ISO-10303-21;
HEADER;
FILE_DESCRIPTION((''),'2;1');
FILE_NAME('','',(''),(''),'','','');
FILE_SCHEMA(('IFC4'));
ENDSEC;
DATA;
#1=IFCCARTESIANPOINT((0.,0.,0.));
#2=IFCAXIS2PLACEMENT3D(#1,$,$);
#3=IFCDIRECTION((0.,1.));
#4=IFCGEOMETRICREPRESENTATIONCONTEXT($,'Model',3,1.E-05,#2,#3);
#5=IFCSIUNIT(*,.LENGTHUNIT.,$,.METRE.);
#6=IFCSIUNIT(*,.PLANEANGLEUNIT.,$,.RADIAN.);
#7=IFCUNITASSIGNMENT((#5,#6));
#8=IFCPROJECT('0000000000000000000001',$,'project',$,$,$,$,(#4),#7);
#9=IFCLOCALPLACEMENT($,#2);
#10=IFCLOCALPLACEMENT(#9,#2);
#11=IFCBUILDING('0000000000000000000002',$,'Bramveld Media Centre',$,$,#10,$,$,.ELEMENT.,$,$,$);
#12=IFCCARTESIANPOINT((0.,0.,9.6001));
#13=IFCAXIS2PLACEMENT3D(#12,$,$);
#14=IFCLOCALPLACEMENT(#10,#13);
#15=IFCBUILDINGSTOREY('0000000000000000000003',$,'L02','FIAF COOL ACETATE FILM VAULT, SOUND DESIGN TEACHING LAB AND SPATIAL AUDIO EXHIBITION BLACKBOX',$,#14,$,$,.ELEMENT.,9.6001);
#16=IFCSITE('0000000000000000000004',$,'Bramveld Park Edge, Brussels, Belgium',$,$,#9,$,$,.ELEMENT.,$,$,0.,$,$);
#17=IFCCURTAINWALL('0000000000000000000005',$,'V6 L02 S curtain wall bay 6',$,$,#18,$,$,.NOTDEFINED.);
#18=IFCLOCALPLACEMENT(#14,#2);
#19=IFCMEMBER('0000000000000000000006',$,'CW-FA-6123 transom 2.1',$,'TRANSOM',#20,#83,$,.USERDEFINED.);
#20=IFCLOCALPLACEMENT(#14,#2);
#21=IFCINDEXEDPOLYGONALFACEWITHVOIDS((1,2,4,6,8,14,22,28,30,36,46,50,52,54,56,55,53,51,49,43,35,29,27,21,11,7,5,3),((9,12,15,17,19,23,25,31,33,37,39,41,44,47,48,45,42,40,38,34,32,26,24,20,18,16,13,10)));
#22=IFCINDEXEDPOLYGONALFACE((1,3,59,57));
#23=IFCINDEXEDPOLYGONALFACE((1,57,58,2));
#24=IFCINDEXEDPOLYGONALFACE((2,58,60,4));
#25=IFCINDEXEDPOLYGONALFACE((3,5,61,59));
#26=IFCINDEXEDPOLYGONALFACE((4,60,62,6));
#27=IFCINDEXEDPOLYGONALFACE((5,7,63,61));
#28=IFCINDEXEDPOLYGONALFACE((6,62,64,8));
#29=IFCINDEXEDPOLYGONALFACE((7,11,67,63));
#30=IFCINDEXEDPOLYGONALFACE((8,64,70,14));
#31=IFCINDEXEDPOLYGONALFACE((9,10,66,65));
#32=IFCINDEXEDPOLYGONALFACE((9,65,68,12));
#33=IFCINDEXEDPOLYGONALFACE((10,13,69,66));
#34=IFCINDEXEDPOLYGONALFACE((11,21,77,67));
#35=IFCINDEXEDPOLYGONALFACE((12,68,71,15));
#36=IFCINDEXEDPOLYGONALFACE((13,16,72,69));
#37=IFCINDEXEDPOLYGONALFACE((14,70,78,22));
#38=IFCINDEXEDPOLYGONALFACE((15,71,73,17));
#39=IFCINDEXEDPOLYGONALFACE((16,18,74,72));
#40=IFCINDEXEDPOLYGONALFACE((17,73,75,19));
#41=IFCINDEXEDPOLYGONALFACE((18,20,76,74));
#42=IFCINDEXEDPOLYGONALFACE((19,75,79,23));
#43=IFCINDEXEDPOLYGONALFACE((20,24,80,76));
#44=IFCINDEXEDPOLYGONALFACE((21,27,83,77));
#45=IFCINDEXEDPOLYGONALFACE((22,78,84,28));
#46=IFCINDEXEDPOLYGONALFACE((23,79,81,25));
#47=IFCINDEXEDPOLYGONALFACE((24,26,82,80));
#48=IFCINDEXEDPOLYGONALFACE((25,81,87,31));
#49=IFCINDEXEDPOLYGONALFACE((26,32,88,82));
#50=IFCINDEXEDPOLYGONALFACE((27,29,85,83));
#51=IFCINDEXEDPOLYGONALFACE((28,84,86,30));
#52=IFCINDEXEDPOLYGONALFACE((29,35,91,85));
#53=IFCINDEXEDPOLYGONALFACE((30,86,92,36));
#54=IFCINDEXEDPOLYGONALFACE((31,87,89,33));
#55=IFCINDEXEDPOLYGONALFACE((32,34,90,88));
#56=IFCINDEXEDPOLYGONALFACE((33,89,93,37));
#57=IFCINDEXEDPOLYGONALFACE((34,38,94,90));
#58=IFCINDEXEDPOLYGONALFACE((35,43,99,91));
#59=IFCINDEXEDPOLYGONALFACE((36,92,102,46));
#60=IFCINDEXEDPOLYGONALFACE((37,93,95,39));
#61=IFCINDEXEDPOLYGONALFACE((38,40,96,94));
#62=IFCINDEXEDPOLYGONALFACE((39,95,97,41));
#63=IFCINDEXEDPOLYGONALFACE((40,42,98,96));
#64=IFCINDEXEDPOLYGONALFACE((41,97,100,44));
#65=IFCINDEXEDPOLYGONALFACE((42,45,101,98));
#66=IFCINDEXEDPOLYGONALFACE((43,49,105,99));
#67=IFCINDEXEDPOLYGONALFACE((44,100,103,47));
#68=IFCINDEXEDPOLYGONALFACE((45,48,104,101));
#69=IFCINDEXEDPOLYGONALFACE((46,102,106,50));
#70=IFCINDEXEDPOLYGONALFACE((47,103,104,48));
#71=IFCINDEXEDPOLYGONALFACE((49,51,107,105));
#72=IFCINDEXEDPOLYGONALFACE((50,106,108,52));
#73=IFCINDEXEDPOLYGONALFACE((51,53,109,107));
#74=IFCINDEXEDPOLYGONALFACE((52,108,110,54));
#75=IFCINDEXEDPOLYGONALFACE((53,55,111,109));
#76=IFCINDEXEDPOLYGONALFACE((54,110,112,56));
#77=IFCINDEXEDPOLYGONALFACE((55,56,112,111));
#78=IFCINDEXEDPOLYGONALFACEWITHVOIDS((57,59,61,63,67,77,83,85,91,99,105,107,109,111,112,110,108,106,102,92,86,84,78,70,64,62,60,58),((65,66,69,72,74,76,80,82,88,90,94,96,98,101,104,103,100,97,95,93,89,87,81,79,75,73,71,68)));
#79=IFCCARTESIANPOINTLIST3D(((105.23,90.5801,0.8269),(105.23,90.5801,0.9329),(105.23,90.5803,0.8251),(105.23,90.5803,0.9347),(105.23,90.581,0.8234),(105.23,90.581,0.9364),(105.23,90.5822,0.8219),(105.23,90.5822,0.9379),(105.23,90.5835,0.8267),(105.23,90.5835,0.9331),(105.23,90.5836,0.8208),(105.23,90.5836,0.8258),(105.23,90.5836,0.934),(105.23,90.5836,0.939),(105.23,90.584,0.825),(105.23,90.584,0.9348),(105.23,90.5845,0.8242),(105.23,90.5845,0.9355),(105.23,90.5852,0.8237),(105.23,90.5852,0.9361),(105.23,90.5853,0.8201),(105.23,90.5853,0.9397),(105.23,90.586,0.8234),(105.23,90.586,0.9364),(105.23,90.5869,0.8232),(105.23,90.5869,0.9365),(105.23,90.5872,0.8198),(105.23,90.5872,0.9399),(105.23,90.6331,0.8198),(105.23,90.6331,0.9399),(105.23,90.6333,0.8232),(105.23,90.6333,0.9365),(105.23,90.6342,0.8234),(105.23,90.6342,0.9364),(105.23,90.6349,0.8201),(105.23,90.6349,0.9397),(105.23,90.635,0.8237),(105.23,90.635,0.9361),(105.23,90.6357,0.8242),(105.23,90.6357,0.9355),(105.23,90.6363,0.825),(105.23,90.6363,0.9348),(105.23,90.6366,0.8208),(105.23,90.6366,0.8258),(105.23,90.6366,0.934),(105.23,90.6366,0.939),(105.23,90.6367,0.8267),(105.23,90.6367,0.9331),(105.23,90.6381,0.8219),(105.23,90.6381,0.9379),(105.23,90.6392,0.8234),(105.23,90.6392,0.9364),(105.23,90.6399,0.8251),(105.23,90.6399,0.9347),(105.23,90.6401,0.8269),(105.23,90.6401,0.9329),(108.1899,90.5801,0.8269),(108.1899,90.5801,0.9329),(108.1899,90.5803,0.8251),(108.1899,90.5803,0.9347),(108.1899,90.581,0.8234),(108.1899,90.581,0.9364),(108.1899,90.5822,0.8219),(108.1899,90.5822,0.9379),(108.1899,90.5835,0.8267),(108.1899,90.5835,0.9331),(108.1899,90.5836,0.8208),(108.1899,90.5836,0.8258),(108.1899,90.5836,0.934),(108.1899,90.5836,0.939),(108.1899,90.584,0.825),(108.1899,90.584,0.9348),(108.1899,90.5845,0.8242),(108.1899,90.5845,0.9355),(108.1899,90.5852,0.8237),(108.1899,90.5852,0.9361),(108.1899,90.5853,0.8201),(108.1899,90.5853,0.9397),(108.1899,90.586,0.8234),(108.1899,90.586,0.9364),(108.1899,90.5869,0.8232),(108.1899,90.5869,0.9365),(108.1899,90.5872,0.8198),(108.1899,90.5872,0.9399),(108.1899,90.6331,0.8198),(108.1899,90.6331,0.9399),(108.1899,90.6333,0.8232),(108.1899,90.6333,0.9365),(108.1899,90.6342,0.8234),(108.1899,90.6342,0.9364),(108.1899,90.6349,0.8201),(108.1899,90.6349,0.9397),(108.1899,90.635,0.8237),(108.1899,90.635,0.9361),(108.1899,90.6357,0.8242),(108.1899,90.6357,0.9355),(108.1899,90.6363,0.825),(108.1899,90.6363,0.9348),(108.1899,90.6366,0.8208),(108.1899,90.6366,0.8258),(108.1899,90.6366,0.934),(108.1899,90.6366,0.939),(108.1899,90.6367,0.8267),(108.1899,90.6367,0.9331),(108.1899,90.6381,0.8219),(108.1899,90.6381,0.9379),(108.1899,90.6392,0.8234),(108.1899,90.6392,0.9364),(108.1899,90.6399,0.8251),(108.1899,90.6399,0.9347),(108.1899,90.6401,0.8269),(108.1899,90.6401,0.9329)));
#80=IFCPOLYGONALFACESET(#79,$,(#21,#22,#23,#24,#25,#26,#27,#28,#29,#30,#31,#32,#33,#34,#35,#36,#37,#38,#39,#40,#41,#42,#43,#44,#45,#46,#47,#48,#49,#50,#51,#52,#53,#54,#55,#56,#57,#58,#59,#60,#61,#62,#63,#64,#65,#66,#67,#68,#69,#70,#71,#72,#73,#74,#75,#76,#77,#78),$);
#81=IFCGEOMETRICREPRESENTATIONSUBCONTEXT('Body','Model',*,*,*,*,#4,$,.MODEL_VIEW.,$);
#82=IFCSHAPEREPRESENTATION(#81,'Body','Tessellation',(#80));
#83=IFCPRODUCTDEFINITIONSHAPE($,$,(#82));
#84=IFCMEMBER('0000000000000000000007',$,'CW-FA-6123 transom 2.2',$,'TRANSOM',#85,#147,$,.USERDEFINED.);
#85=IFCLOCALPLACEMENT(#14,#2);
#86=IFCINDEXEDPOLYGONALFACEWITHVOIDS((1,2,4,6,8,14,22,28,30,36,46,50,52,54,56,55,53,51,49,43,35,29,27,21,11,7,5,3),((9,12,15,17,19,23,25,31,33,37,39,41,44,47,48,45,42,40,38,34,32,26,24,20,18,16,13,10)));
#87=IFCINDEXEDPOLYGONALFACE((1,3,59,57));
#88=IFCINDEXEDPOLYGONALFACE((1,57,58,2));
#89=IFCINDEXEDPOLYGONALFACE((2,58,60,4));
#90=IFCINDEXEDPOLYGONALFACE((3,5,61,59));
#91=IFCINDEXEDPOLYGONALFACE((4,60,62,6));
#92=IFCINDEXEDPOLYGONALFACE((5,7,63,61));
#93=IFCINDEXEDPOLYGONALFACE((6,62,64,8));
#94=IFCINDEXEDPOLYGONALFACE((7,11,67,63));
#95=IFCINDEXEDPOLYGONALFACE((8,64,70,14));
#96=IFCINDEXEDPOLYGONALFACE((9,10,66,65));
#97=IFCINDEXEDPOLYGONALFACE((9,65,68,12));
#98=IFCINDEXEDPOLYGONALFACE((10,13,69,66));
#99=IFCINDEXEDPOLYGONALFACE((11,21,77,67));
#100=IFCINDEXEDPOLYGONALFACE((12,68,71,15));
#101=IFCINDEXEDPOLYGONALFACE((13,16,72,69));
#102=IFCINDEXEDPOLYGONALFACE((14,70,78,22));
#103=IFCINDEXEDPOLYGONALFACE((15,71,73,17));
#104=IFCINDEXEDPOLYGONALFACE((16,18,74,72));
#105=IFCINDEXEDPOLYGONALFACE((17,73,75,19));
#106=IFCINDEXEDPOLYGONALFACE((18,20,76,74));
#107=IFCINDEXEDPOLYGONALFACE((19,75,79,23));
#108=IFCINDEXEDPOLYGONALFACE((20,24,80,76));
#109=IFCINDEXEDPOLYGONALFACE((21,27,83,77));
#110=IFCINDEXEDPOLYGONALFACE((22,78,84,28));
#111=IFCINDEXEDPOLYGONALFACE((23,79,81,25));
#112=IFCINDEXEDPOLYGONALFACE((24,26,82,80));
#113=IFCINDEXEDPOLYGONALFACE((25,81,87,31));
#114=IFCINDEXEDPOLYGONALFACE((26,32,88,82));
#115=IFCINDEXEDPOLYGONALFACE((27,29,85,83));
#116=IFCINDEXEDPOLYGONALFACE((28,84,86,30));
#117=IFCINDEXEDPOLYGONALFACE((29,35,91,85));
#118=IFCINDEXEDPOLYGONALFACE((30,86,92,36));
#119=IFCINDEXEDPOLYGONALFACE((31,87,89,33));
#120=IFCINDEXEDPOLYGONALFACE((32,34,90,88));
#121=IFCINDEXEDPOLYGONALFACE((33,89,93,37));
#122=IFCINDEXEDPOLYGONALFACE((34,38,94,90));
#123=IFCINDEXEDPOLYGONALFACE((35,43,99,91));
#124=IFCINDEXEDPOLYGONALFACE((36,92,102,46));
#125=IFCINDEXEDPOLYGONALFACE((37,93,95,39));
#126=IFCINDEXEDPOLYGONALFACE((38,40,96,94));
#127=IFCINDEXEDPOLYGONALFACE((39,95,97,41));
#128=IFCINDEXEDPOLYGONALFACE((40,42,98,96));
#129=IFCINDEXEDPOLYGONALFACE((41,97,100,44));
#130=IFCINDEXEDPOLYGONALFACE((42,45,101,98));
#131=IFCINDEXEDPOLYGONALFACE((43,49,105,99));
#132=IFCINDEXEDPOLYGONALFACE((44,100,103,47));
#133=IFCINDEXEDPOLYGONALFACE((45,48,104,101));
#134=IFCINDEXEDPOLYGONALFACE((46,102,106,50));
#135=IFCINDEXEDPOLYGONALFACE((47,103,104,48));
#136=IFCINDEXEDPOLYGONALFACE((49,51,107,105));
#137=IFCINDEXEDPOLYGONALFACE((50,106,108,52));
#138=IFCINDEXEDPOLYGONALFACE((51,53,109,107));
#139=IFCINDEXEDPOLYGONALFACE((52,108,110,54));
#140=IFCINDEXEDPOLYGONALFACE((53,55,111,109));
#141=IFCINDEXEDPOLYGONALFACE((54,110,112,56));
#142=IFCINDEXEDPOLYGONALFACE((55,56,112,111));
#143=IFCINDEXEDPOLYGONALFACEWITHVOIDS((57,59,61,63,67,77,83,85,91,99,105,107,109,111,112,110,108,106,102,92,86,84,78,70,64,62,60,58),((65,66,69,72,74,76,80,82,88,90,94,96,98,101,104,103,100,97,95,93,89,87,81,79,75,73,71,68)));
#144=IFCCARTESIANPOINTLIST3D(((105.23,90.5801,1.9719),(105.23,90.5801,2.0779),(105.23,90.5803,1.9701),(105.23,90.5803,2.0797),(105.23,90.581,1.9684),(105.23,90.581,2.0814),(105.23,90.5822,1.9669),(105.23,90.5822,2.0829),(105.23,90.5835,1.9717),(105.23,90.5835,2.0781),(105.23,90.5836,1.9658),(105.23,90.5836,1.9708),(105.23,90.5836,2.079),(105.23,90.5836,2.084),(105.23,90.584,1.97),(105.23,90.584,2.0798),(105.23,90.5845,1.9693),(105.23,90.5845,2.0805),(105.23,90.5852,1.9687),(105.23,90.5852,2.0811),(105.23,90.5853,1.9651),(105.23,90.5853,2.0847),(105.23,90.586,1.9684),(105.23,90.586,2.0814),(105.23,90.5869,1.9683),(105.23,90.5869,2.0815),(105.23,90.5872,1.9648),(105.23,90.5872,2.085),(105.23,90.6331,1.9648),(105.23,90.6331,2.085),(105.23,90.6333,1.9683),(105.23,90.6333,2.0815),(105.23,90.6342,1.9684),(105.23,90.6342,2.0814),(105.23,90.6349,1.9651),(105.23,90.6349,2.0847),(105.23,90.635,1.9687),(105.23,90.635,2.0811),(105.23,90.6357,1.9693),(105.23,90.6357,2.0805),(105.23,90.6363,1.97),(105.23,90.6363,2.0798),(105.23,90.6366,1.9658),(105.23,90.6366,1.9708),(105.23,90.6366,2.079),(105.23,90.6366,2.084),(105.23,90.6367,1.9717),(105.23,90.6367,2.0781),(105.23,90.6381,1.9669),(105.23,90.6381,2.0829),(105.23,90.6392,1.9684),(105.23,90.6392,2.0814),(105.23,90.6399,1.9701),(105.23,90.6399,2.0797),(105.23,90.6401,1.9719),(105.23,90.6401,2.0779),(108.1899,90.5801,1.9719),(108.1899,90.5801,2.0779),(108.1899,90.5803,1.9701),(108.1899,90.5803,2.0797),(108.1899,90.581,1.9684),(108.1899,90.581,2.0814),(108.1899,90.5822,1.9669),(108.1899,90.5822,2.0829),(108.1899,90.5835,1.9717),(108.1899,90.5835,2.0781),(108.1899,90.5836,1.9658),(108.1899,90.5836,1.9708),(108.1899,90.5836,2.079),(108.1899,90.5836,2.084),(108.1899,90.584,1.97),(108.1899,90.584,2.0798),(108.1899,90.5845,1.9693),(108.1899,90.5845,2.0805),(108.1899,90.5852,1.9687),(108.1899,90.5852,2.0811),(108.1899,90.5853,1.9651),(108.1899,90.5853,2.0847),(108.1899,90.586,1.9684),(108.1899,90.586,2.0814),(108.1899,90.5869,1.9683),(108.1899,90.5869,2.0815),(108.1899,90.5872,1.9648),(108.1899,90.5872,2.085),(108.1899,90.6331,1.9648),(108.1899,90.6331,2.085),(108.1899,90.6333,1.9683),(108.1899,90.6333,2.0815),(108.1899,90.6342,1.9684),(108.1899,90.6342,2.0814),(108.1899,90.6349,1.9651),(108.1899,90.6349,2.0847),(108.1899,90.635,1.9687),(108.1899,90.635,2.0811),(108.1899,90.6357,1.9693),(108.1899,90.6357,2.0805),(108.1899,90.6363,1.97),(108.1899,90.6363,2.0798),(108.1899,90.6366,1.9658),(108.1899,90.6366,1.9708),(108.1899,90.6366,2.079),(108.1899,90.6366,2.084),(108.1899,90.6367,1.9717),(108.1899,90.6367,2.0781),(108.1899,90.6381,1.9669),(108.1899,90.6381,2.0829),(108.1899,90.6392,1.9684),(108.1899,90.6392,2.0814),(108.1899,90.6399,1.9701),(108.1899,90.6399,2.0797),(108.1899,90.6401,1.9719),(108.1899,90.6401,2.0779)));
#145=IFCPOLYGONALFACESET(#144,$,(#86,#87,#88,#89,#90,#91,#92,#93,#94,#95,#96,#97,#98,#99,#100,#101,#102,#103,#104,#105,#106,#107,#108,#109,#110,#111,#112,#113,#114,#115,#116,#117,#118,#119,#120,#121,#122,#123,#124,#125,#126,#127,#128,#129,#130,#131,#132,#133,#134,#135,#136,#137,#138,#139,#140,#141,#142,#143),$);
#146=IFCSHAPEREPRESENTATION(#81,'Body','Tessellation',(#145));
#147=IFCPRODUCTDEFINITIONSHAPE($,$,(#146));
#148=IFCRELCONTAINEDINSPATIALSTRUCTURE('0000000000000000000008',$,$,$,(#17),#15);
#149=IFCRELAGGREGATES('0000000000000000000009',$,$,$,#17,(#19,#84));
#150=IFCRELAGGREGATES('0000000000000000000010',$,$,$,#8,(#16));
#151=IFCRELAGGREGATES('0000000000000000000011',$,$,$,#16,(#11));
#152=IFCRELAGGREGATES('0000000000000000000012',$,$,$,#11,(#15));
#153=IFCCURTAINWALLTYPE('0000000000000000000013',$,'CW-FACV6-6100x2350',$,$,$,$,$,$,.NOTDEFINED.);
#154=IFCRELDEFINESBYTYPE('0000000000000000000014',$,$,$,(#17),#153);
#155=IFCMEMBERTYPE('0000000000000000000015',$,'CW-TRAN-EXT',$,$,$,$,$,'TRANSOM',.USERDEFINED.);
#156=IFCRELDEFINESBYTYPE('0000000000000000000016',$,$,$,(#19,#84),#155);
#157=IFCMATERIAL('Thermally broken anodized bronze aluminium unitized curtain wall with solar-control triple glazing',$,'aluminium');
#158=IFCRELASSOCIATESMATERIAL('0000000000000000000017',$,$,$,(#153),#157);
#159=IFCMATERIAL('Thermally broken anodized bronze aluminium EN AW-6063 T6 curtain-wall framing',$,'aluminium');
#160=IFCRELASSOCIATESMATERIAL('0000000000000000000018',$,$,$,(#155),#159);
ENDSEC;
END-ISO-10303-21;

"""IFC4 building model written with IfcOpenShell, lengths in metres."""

from ifc_helpers import new_model, si_unit, direction, frame, origin, origin_2d, place, context, subcontext, project, spatial, hollow_rectangle, extrude, material, material_profile, profile_set, type_object, element, aggregate, save


model = new_model("IFC4")

# Units and contexts
model_context = context("Model", 3, precision=1e-05, world=origin(), true_north=direction((0.0, 1.0)))
body_context = subcontext(model_context, "Body", "Model", "MODEL_VIEW")
ifc_project = project(units=[si_unit("LENGTHUNIT", "METRE"), si_unit("PLANEANGLEUNIT", "RADIAN")], contexts=[model_context])

# Site, building, storey
site_placement = place(None, origin())
site = spatial("IfcSite", under=ifc_project, at=site_placement, Name="Bramveld Park Edge, Brussels, Belgium", CompositionType="ELEMENT", RefElevation=0.0)
building_placement = place(site_placement, origin())
building = spatial("IfcBuilding", under=site, at=building_placement, Name="Bramveld Media Centre", CompositionType="ELEMENT")
storey_placement = place(building_placement, frame((0.0, 0.0, 9.6001)))
storey = spatial("IfcBuildingStorey", under=building, at=storey_placement, Name="L02", Description="FIAF COOL ACETATE FILM VAULT, SOUND DESIGN TEACHING LAB AND SPATIAL AUDIO EXHIBITION BLACKBOX", CompositionType="ELEMENT", Elevation=9.6001)

# Curtain wall
ifc_material_1 = material(Name="Thermally broken anodized bronze aluminium unitized curtain wall with solar-control triple glazing", Category="aluminium")
curtain_wall_type = type_object("IfcCurtainWallType", Name="CW-FACV6-6100x2350", PredefinedType="NOTDEFINED", material=ifc_material_1)
curtain_wall_1_placement = place(storey_placement, origin())
curtain_wall_1 = element("IfcCurtainWall", 1, at=curtain_wall_1_placement, inside=storey, type_object=curtain_wall_type, Name="V6 L02 S curtain wall bay 6", PredefinedType="NOTDEFINED")

# Members
ifc_material_2 = material(Name="Thermally broken anodized bronze aluminium EN AW-6063 T6 curtain-wall framing", Category="aluminium")
ifc_material_profile_1 = material_profile(ifc_material_2, hollow_rectangle(XDim=0.0601, YDim=0.1201, WallThickness=0.0034, InnerFilletRadius=0.0034, OuterFilletRadius=0.0071, at=origin_2d()), Name="AL-TRAN 60x120")
ifc_profile_set_1 = profile_set([ifc_material_profile_1], Name="Thermally broken anodized bronze aluminium EN AW-6063 T6 curtain-wall framing")
member_type_1 = type_object("IfcMemberType", Name="CW-TRAN-EXT", ElementType="TRANSOM", PredefinedType="USERDEFINED", material=ifc_profile_set_1)
member_1_placement = place(storey_placement, frame((105.23, 90.6101, 0.8799), z_axis=(1.0, 0.0, 0.0), x_axis=(0.0, 1.0, 0.0)))
member_1 = element("IfcMember", 2, at=member_1_placement, type_object=member_type_1, Name="CW-FA-6123 transom 2.1", ObjectType="TRANSOM", PredefinedType="USERDEFINED", context=body_context, shape_type="SweptSolid", body=[
    extrude(hollow_rectangle(XDim=0.0601, YDim=0.1201, WallThickness=0.0034, InnerFilletRadius=0.0034, OuterFilletRadius=0.0071, at=origin_2d()), origin(), (0.0, 0.0, 1.0), 2.96),
])
member_2_placement = place(storey_placement, frame((105.23, 90.6101, 2.0249), z_axis=(1.0, 0.0, 0.0), x_axis=(0.0, 1.0, 0.0)))
member_2 = element("IfcMember", 3, at=member_2_placement, type_object=member_type_1, Name="CW-FA-6123 transom 2.2", ObjectType="TRANSOM", PredefinedType="USERDEFINED", context=body_context, shape_type="SweptSolid", body=[
    extrude(hollow_rectangle(XDim=0.0601, YDim=0.1201, WallThickness=0.0034, InnerFilletRadius=0.0034, OuterFilletRadius=0.0071, at=origin_2d()), origin(), (0.0, 0.0, 1.0), 2.96),
])

aggregate(curtain_wall_1, [member_1, member_2])

save(model, "model.ifc")
